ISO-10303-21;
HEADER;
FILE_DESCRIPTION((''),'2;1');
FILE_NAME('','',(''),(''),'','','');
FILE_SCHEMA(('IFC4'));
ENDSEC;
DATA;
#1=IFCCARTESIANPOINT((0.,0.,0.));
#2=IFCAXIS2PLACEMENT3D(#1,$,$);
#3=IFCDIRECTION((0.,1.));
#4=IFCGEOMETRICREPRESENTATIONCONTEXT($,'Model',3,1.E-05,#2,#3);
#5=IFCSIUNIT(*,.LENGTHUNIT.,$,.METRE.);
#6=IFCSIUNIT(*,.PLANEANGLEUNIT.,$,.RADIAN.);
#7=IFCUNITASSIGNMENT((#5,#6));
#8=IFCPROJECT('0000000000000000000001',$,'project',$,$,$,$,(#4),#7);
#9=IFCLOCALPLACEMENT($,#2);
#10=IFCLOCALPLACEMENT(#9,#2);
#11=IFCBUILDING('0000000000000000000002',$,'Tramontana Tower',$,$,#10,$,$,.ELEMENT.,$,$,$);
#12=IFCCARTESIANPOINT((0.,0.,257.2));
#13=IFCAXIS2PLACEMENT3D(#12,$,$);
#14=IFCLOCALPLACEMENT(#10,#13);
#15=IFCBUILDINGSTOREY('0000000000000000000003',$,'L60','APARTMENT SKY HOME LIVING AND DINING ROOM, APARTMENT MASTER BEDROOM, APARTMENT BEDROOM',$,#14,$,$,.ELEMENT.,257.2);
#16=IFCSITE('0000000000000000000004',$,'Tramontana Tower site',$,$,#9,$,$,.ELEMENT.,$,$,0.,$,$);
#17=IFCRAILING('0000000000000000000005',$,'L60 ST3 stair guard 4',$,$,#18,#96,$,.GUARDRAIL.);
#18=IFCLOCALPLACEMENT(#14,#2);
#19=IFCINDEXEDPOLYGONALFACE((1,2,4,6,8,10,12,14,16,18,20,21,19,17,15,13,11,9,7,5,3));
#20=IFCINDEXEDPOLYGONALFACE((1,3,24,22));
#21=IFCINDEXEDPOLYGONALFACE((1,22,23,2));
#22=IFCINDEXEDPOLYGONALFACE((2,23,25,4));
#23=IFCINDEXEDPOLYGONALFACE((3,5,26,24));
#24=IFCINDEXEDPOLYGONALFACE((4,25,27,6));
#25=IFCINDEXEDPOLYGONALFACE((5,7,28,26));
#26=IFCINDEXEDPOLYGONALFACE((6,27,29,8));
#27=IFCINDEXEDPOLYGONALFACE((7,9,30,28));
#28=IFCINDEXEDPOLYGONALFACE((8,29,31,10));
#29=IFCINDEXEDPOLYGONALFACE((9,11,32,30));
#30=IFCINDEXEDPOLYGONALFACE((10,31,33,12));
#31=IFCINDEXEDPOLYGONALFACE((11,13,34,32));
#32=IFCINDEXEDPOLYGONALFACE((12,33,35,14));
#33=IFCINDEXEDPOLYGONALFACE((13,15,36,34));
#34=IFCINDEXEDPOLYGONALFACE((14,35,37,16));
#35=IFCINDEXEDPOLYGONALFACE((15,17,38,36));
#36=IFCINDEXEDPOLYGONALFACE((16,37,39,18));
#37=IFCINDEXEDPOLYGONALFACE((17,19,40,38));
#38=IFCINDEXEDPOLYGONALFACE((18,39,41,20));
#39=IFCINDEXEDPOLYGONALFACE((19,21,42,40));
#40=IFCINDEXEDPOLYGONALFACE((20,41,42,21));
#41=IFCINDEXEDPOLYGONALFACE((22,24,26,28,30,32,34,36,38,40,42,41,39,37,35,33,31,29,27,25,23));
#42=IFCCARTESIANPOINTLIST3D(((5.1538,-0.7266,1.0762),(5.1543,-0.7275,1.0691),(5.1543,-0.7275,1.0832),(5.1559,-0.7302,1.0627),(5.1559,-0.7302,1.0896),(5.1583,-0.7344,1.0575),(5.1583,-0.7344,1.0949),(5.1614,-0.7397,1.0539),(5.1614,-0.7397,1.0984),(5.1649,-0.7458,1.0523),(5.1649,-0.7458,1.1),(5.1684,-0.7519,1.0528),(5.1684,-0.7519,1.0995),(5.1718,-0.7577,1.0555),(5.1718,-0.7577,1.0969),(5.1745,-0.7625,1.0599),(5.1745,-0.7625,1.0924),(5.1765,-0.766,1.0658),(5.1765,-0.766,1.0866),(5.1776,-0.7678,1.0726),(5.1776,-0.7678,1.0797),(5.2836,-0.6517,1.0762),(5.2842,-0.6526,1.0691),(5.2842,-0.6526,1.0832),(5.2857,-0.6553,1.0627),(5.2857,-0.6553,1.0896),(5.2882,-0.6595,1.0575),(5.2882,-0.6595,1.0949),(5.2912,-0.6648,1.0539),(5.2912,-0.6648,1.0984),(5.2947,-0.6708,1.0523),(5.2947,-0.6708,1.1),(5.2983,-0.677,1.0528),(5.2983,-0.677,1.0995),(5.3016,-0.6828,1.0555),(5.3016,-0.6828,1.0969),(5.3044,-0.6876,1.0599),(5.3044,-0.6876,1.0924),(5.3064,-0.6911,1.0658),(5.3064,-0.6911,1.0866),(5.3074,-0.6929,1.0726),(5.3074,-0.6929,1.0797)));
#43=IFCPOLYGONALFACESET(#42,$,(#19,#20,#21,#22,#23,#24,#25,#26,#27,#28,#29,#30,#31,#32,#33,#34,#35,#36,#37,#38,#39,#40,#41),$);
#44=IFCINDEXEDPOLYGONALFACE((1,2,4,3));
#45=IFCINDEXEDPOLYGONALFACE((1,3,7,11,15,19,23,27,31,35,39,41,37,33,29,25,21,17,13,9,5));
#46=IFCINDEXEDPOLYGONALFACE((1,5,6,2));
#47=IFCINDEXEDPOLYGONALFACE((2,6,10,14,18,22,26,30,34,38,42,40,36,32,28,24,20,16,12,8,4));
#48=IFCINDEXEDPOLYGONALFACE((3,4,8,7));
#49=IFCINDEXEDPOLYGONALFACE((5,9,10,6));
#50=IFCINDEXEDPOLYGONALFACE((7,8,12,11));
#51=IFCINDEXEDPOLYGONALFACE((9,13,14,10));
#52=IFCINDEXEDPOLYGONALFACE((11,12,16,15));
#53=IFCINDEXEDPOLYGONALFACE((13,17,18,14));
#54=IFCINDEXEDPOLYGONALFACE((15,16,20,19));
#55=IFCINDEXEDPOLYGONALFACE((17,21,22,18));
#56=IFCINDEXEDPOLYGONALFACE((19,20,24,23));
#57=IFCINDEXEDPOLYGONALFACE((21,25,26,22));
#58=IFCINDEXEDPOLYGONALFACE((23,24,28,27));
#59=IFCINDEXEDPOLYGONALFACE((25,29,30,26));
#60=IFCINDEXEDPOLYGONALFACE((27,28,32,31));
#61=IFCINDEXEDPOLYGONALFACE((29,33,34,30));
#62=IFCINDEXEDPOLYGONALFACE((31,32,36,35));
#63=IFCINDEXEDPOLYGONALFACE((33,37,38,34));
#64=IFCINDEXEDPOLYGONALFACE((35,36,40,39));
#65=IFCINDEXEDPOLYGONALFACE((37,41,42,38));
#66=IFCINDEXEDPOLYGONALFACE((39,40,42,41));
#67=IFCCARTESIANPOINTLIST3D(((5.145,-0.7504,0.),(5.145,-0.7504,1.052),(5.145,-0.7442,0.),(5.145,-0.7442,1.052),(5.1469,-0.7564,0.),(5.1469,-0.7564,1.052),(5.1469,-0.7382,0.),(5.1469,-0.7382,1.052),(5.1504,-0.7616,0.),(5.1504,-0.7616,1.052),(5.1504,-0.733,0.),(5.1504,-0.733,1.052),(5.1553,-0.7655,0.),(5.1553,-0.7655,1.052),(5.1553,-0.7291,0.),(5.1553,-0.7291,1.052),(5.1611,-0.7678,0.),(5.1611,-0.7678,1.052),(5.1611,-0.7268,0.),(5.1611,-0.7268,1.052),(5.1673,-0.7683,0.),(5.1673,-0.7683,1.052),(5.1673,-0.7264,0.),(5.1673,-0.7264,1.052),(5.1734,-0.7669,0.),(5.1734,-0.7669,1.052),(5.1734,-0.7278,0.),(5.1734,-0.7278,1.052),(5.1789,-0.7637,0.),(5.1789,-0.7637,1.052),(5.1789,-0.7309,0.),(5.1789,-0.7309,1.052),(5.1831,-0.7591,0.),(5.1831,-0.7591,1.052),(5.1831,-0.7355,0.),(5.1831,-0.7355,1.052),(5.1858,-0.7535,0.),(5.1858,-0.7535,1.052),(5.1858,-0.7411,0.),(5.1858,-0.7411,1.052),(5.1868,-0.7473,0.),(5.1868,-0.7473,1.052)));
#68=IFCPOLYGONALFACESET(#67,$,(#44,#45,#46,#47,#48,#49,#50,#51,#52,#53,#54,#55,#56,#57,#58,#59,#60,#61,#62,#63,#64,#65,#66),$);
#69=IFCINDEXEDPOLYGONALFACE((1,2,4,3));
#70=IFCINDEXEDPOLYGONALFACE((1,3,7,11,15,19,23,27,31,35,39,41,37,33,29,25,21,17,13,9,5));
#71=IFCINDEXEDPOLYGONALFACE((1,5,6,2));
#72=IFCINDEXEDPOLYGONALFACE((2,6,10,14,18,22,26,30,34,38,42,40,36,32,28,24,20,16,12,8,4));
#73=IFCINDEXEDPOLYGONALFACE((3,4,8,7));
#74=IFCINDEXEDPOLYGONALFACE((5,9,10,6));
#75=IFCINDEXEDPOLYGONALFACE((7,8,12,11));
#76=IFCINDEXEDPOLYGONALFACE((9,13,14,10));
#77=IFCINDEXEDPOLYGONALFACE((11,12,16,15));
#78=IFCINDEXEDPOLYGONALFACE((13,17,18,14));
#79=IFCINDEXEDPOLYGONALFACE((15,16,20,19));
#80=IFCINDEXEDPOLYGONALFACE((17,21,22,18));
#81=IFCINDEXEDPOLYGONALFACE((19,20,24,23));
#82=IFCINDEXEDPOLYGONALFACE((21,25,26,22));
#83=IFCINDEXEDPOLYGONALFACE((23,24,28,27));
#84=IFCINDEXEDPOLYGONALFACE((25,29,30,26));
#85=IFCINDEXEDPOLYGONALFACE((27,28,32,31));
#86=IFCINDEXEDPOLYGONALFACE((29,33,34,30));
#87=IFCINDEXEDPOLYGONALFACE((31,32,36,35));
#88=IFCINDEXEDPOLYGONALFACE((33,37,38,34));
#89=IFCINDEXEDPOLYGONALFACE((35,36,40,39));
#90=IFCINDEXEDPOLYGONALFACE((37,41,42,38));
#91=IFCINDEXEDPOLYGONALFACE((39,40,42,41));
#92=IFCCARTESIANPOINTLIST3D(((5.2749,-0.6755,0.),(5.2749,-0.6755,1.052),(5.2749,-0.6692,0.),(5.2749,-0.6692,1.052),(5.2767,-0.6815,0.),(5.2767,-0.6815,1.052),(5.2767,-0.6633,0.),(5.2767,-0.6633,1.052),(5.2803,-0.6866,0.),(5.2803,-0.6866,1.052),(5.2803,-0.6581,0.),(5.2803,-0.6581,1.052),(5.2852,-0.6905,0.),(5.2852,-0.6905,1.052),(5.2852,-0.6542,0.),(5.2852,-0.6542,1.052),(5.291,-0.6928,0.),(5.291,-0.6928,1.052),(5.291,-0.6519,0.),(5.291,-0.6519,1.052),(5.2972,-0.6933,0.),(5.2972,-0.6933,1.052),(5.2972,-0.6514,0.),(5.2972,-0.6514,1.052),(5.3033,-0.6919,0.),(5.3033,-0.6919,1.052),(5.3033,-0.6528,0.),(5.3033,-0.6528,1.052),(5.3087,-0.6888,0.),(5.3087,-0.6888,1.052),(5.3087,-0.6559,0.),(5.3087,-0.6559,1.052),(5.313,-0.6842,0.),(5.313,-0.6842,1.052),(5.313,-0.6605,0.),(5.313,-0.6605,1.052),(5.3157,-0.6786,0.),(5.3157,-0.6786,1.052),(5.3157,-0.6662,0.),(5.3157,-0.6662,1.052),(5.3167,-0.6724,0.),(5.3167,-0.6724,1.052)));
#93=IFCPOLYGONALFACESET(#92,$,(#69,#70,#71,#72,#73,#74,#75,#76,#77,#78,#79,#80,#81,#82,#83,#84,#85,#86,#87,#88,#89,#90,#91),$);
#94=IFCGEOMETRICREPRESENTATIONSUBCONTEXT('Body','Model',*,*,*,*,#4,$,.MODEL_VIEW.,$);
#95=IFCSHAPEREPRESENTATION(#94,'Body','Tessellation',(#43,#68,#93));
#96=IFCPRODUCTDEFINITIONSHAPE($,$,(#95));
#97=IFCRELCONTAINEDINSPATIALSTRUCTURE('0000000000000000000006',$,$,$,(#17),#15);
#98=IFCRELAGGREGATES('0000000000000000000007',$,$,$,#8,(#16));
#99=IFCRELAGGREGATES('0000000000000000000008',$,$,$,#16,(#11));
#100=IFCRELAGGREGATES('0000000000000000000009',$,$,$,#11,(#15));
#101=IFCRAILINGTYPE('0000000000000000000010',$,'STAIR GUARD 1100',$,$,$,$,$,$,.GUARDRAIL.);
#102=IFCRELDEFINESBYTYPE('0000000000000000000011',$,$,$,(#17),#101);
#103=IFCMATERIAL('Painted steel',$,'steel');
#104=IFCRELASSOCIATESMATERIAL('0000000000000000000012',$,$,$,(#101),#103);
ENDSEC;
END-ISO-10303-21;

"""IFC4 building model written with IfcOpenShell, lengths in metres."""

from ifc_helpers import new_model, si_unit, direction, frame, origin, origin_2d, place, context, subcontext, project, spatial, circle, extrude, material, type_object, element, save


model = new_model("IFC4")

# Units and contexts
model_context = context("Model", 3, precision=1e-05, world=origin(), true_north=direction((0.0, 1.0)))
body_context = subcontext(model_context, "Body", "Model", "MODEL_VIEW")
ifc_project = project(units=[si_unit("LENGTHUNIT", "METRE"), si_unit("PLANEANGLEUNIT", "RADIAN")], contexts=[model_context])

# Site, building, storey
site_placement = place(None, origin())
site = spatial("IfcSite", under=ifc_project, at=site_placement, Name="Tramontana Tower site", CompositionType="ELEMENT", RefElevation=0.0)
building_placement = place(site_placement, origin())
building = spatial("IfcBuilding", under=site, at=building_placement, Name="Tramontana Tower", CompositionType="ELEMENT")
storey_placement = place(building_placement, frame((0.0, 0.0, 257.2)))
storey = spatial("IfcBuildingStorey", under=building, at=storey_placement, Name="L60", Description="APARTMENT SKY HOME LIVING AND DINING ROOM, APARTMENT MASTER BEDROOM, APARTMENT BEDROOM", CompositionType="ELEMENT", Elevation=257.2)

# Railing
ifc_material_1 = material(Name="Painted steel", Category="steel")
railing_type_1 = type_object("IfcRailingType", Name="STAIR GUARD 1100", PredefinedType="GUARDRAIL", material=ifc_material_1)
railing_1_placement = place(storey_placement, frame((5.1658, -0.7473, 0.0)))
element("IfcRailing", 1, at=railing_1_placement, inside=storey, type_object=railing_type_1, Name="L60 ST3 stair guard 4", PredefinedType="GUARDRAIL", context=body_context, shape_type="SweptSolid", body=[
    extrude(circle(Radius=0.0239, at=origin_2d()), frame((0.0, 0.0, 1.0762), z_axis=(0.866131, 0.499816, 0.0), x_axis=(-0.499816, 0.866131, 0.0)), (0.0, 0.0, 1.0), 0.1499),
    extrude(circle(Radius=0.021, at=origin_2d()), origin(), (0.0, 0.0, 1.0), 1.052),
    extrude(circle(Radius=0.021, at=origin_2d()), frame((0.1299, 0.075, 0.0)), (0.0, 0.0, 1.0), 1.052),
])

save(model, "model.ifc")
